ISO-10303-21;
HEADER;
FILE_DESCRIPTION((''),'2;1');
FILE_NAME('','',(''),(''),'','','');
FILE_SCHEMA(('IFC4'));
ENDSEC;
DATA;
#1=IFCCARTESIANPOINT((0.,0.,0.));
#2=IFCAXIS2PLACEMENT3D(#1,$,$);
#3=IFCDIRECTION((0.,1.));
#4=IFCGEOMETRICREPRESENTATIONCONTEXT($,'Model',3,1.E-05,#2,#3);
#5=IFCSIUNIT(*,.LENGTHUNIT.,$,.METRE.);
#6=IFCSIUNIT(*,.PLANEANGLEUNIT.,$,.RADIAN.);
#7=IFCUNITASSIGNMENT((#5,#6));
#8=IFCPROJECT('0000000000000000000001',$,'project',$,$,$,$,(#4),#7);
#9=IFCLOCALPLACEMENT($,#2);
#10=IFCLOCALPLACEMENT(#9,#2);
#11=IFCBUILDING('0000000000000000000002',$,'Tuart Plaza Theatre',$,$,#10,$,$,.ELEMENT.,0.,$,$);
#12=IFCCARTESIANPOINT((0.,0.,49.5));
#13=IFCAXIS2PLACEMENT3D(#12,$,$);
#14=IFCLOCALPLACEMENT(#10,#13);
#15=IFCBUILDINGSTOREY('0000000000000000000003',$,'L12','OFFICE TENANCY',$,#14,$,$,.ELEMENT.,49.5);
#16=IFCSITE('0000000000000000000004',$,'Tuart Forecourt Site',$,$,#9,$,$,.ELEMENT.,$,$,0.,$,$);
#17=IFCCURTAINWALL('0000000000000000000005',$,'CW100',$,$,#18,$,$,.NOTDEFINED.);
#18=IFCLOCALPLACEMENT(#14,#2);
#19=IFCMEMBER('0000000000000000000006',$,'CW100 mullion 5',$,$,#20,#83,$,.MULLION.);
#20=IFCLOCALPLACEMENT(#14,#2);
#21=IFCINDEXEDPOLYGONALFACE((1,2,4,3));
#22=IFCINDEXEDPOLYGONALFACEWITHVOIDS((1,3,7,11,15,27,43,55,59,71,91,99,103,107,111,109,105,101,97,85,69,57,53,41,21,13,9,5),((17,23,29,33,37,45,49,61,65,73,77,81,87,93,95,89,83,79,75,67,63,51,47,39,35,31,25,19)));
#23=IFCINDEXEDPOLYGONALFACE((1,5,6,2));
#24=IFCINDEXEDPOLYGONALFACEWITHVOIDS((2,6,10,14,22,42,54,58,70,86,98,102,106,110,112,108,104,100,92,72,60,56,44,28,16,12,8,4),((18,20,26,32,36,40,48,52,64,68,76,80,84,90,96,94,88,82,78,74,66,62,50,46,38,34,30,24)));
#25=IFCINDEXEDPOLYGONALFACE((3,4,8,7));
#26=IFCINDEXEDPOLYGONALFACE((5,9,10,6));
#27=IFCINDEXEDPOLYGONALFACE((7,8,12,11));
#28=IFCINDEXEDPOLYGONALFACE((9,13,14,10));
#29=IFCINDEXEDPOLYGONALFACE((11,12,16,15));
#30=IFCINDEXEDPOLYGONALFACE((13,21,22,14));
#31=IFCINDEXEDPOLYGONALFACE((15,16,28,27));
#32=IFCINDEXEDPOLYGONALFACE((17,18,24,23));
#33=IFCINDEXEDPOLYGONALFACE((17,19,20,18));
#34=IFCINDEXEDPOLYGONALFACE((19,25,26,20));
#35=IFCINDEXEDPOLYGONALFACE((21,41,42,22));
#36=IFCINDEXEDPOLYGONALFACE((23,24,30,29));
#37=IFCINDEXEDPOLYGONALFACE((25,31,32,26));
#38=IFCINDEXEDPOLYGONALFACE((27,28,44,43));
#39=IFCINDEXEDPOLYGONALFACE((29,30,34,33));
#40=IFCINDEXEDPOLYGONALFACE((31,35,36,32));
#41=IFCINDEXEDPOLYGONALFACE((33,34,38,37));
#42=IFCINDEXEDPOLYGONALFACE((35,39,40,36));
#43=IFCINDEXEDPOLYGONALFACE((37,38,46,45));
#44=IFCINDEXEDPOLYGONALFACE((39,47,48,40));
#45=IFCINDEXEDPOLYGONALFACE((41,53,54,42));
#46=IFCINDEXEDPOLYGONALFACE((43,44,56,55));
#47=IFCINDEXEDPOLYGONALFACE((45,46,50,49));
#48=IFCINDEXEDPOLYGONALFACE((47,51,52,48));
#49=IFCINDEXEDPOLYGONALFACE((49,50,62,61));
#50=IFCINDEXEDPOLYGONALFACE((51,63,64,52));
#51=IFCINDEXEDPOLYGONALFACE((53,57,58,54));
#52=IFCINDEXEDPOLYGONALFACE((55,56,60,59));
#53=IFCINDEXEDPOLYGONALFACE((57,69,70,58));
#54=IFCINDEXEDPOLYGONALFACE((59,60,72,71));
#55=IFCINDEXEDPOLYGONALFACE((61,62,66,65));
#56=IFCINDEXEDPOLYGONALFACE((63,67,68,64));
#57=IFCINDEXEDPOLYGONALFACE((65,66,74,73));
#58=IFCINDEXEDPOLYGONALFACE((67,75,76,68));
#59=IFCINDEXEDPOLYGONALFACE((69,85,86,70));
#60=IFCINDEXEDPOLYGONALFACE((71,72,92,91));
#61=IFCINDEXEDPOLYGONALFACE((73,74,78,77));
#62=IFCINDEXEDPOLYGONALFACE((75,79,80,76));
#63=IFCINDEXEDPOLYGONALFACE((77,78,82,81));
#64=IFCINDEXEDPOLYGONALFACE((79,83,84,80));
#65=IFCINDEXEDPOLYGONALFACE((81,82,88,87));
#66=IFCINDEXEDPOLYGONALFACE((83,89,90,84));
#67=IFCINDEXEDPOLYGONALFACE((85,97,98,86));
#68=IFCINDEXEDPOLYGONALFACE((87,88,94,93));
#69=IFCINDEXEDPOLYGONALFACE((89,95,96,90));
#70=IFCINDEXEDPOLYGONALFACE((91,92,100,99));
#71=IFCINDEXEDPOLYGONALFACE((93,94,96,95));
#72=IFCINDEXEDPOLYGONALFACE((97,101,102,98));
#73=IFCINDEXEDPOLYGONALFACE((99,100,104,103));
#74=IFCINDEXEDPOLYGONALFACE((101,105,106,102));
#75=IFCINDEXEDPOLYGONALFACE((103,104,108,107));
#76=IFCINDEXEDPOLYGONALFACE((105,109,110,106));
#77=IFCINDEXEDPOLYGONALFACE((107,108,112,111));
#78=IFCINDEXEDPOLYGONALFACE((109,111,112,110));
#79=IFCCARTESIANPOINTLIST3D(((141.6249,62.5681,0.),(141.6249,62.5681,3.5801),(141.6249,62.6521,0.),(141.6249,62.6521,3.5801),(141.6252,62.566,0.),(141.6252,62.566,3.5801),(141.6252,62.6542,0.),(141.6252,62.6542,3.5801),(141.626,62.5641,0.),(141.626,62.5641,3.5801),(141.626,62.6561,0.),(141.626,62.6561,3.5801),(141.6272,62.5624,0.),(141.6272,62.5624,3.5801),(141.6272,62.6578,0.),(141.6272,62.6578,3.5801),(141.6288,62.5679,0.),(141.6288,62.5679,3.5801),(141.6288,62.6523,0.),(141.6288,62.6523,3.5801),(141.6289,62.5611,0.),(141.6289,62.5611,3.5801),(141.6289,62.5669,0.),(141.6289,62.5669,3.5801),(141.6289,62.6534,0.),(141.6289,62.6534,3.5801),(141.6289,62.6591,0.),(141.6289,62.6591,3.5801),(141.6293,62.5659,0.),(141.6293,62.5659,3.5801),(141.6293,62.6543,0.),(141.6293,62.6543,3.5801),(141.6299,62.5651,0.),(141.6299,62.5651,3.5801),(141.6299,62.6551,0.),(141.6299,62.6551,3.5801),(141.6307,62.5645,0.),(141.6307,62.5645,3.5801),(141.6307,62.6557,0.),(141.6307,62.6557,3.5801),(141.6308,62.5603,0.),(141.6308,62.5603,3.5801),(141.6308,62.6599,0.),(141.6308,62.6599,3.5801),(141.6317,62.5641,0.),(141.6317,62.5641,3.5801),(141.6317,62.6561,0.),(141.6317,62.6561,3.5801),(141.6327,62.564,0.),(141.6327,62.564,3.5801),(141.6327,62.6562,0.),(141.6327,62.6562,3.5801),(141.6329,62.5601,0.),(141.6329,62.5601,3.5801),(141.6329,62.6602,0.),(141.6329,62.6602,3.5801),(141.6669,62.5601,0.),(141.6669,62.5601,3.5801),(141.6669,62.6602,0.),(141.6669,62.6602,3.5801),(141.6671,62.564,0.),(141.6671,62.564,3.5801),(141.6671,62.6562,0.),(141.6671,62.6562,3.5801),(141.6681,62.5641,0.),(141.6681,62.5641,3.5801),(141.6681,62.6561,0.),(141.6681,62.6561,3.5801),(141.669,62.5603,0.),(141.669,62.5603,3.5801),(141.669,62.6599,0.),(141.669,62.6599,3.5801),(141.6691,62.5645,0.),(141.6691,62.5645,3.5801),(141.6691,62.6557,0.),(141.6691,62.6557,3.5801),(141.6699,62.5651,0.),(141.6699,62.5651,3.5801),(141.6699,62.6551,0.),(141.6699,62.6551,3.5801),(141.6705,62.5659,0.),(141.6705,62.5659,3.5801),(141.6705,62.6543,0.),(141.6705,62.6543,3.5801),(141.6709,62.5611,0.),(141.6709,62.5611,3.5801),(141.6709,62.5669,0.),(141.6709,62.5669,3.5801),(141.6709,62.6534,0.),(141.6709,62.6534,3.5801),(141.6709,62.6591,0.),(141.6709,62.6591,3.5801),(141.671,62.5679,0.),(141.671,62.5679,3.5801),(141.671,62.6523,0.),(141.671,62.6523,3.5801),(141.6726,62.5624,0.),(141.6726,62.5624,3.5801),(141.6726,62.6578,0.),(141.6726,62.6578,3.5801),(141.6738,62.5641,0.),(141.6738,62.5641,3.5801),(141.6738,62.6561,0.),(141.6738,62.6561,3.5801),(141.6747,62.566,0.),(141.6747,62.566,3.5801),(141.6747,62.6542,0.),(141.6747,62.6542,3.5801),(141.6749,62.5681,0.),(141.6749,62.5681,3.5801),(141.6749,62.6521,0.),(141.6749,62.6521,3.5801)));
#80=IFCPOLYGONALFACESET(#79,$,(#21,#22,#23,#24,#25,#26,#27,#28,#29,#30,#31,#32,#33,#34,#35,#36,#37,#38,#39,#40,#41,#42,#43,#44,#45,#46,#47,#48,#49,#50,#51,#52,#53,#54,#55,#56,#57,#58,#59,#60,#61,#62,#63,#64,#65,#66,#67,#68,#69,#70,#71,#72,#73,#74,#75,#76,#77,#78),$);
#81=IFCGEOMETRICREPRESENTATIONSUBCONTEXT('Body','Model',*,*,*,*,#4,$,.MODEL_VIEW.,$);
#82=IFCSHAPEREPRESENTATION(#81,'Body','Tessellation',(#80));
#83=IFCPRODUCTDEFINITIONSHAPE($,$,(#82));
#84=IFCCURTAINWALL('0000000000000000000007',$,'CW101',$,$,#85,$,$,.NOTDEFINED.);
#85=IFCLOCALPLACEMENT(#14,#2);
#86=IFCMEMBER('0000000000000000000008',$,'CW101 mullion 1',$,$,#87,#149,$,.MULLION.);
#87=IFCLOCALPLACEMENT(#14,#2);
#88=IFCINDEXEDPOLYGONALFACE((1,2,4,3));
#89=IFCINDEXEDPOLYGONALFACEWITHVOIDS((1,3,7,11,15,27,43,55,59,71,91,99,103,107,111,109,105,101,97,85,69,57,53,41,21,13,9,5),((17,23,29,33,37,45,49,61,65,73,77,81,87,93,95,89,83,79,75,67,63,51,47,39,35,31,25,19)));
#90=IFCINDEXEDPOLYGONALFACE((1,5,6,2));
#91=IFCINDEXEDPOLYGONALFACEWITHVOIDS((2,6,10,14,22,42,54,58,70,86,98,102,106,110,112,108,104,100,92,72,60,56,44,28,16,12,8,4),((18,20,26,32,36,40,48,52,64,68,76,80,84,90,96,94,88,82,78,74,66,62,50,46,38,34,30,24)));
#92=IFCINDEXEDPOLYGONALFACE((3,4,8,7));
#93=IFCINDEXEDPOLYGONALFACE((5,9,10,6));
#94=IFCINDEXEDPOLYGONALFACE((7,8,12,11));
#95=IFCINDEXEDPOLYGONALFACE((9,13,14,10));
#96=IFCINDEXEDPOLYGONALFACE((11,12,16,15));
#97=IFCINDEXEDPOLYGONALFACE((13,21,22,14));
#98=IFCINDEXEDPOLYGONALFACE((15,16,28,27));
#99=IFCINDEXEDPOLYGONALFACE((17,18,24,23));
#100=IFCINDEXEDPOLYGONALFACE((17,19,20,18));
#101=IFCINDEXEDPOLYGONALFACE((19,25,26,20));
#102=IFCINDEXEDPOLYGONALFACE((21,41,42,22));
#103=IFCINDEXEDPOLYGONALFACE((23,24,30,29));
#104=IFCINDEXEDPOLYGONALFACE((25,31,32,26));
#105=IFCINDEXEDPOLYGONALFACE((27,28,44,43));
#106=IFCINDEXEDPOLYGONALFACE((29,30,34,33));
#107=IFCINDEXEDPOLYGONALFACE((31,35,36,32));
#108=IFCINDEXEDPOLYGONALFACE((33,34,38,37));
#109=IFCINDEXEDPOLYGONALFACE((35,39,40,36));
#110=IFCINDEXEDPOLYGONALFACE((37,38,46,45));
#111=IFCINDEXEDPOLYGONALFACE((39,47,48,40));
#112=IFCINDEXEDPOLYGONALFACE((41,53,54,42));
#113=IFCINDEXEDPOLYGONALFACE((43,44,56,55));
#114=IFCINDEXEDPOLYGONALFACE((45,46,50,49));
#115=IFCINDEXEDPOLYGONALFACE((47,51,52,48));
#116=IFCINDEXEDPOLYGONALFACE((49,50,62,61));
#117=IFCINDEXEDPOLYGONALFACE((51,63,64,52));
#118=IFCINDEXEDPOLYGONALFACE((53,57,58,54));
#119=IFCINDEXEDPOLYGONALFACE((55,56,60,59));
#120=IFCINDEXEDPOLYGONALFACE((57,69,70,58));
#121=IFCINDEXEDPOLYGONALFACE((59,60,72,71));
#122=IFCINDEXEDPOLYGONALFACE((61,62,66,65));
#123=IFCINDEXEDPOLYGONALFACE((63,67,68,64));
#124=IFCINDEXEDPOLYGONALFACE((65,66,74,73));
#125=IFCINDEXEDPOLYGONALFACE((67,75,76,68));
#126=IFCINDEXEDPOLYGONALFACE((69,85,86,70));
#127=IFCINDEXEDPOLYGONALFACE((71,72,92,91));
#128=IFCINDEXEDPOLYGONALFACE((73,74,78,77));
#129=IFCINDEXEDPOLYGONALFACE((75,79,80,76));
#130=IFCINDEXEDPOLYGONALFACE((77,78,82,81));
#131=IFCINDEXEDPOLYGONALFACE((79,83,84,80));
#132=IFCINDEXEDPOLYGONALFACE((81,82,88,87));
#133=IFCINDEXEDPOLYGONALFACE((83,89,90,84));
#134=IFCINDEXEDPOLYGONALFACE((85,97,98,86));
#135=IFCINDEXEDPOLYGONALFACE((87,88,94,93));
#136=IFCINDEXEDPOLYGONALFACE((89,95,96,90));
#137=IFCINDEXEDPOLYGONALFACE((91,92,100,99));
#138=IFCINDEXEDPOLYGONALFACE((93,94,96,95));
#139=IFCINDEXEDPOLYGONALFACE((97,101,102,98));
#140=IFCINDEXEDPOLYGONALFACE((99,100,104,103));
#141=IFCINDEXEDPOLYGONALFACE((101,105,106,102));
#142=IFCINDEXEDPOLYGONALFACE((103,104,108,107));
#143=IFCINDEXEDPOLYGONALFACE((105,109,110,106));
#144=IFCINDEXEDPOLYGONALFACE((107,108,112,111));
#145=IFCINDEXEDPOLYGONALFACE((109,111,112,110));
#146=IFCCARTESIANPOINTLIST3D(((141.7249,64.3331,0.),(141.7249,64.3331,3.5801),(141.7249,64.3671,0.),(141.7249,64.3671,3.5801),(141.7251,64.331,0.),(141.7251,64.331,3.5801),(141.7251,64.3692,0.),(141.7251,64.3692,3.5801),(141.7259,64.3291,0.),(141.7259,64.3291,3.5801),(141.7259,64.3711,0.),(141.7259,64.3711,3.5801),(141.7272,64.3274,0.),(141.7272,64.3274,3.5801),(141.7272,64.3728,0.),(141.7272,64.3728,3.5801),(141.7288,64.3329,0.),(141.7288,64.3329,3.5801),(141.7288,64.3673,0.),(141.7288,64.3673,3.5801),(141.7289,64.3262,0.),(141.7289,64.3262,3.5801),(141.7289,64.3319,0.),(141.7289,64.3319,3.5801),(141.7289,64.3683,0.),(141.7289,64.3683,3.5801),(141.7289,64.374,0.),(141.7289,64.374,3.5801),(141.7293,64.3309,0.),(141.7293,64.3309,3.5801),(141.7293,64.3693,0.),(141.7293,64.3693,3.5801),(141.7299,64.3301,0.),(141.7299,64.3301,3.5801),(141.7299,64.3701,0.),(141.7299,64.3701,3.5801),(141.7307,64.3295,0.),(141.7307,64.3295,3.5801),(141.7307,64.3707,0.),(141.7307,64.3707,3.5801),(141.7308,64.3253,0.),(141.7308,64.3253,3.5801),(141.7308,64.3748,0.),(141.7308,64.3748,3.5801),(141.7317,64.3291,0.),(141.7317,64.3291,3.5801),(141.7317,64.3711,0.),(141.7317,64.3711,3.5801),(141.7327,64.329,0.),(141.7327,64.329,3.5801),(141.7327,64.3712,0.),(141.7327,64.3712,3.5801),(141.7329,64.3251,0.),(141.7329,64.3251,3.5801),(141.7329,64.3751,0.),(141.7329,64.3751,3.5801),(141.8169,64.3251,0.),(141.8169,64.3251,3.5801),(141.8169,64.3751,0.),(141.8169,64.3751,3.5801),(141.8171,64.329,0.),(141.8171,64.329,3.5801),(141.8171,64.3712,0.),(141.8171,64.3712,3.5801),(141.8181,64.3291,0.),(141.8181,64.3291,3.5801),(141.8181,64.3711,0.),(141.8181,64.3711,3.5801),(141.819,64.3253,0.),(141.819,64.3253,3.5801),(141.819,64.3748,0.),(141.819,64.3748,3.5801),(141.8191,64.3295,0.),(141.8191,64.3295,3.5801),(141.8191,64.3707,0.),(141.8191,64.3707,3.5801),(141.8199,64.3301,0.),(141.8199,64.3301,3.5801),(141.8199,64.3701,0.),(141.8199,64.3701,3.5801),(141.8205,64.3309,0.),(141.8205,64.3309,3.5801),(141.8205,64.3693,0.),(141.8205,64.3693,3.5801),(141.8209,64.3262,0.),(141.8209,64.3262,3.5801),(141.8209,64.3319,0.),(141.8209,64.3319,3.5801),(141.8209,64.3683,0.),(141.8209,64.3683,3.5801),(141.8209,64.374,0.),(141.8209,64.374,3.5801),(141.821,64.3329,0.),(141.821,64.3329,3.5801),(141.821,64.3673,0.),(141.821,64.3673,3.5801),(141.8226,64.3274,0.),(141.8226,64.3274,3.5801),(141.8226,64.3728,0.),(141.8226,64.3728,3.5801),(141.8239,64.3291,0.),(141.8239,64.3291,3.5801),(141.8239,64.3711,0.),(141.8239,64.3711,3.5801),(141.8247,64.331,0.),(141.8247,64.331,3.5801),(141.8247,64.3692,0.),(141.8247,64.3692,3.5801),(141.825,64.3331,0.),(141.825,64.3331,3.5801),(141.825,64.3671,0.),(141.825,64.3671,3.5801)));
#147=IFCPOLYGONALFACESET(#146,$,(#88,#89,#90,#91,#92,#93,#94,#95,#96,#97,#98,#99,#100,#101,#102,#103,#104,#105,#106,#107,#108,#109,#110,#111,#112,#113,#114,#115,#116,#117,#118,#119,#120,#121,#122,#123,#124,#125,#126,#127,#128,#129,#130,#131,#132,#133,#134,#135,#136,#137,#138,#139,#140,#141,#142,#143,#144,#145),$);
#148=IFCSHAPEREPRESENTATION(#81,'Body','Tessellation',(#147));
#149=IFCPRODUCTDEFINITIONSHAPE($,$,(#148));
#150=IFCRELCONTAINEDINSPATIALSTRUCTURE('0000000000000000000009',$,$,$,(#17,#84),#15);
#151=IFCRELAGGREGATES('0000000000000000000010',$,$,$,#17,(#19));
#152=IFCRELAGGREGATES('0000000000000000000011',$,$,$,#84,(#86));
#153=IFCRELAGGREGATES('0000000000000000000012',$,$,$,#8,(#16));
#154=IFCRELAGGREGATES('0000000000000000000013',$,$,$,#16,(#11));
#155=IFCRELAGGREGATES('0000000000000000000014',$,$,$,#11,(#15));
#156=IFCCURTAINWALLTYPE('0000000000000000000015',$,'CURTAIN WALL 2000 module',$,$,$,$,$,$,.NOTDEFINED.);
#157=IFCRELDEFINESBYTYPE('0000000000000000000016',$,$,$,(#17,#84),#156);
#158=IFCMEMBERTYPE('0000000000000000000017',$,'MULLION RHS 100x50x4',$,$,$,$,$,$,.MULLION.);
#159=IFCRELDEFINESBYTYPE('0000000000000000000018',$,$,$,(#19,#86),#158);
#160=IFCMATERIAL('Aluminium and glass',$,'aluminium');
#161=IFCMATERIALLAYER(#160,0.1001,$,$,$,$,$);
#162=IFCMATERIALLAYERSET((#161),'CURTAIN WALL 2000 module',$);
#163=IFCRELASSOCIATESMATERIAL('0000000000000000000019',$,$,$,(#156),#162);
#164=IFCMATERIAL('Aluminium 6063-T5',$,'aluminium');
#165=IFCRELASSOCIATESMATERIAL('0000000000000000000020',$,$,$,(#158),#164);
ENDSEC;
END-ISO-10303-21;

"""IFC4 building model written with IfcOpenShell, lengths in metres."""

from ifc_helpers import new_model, si_unit, direction, frame, origin, origin_2d, place, context, subcontext, project, spatial, hollow_rectangle, extrude, material, layer, layer_set, material_profile, profile_set, type_object, element, aggregate, save


model = new_model("IFC4")

# Units and contexts
model_context = context("Model", 3, precision=1e-05, world=origin(), true_north=direction((0.0, 1.0)))
body_context = subcontext(model_context, "Body", "Model", "MODEL_VIEW")
ifc_project = project(units=[si_unit("LENGTHUNIT", "METRE"), si_unit("PLANEANGLEUNIT", "RADIAN")], contexts=[model_context])

# Site, building, storey
site_placement = place(None, origin())
site = spatial("IfcSite", under=ifc_project, at=site_placement, Name="Tuart Forecourt Site", CompositionType="ELEMENT", RefElevation=0.0)
building_placement = place(site_placement, origin())
building = spatial("IfcBuilding", under=site, at=building_placement, Name="Tuart Plaza Theatre", CompositionType="ELEMENT", ElevationOfRefHeight=0.0)
storey_placement = place(building_placement, frame((0.0, 0.0, 49.5)))
storey = spatial("IfcBuildingStorey", under=building, at=storey_placement, Name="L12", Description="OFFICE TENANCY", CompositionType="ELEMENT", Elevation=49.5)

# Curtain walls, members
ifc_material_1 = material(Name="Aluminium and glass", Category="aluminium")
ifc_layer_1 = layer(ifc_material_1, 0.1001)
ifc_layer_set_1 = layer_set([ifc_layer_1], Name="CURTAIN WALL 2000 module")
curtain_wall_type = type_object("IfcCurtainWallType", Name="CURTAIN WALL 2000 module", PredefinedType="NOTDEFINED", material=ifc_layer_set_1)
curtain_wall_1_placement = place(storey_placement, origin())
curtain_wall_1 = element("IfcCurtainWall", 1, at=curtain_wall_1_placement, inside=storey, type_object=curtain_wall_type, Name="CW100", PredefinedType="NOTDEFINED")
ifc_material_2 = material(Name="Aluminium 6063-T5", Category="aluminium")
ifc_material_profile_1 = material_profile(ifc_material_2, hollow_rectangle(XDim=0.05, YDim=0.1001, WallThickness=0.0039, InnerFilletRadius=0.0039, OuterFilletRadius=0.0081, at=origin_2d()), Name="RHS 100x50x4")
ifc_profile_set_1 = profile_set([ifc_material_profile_1], Name="Aluminium 6063-T5")
member_type_1 = type_object("IfcMemberType", Name="MULLION RHS 100x50x4", PredefinedType="MULLION", material=ifc_profile_set_1)
member_1_placement = place(storey_placement, frame((141.6499, 62.6101, 0.0), z_axis=(0.0, 0.0, 1.0), x_axis=(-1.0, 0.0, 0.0)))
member_1 = element("IfcMember", 2, at=member_1_placement, type_object=member_type_1, Name="CW100 mullion 5", PredefinedType="MULLION", context=body_context, shape_type="SweptSolid", body=[
    extrude(hollow_rectangle(XDim=0.05, YDim=0.1001, WallThickness=0.0039, InnerFilletRadius=0.0039, OuterFilletRadius=0.0081, at=origin_2d()), origin(), (0.0, 0.0, 1.0), 3.5801),
])
curtain_wall_2_placement = place(storey_placement, origin())
curtain_wall_2 = element("IfcCurtainWall", 3, at=curtain_wall_2_placement, inside=storey, type_object=curtain_wall_type, Name="CW101", PredefinedType="NOTDEFINED")
member_2_placement = place(storey_placement, frame((141.7749, 64.3501, 0.0), z_axis=(0.0, 0.0, 1.0), x_axis=(0.0, 1.0, 0.0)))
member_2 = element("IfcMember", 4, at=member_2_placement, type_object=member_type_1, Name="CW101 mullion 1", PredefinedType="MULLION", context=body_context, shape_type="SweptSolid", body=[
    extrude(hollow_rectangle(XDim=0.05, YDim=0.1001, WallThickness=0.0039, InnerFilletRadius=0.0039, OuterFilletRadius=0.0081, at=origin_2d()), origin(), (0.0, 0.0, 1.0), 3.5801),
])

aggregate(curtain_wall_1, [member_1])
aggregate(curtain_wall_2, [member_2])

save(model, "model.ifc")
